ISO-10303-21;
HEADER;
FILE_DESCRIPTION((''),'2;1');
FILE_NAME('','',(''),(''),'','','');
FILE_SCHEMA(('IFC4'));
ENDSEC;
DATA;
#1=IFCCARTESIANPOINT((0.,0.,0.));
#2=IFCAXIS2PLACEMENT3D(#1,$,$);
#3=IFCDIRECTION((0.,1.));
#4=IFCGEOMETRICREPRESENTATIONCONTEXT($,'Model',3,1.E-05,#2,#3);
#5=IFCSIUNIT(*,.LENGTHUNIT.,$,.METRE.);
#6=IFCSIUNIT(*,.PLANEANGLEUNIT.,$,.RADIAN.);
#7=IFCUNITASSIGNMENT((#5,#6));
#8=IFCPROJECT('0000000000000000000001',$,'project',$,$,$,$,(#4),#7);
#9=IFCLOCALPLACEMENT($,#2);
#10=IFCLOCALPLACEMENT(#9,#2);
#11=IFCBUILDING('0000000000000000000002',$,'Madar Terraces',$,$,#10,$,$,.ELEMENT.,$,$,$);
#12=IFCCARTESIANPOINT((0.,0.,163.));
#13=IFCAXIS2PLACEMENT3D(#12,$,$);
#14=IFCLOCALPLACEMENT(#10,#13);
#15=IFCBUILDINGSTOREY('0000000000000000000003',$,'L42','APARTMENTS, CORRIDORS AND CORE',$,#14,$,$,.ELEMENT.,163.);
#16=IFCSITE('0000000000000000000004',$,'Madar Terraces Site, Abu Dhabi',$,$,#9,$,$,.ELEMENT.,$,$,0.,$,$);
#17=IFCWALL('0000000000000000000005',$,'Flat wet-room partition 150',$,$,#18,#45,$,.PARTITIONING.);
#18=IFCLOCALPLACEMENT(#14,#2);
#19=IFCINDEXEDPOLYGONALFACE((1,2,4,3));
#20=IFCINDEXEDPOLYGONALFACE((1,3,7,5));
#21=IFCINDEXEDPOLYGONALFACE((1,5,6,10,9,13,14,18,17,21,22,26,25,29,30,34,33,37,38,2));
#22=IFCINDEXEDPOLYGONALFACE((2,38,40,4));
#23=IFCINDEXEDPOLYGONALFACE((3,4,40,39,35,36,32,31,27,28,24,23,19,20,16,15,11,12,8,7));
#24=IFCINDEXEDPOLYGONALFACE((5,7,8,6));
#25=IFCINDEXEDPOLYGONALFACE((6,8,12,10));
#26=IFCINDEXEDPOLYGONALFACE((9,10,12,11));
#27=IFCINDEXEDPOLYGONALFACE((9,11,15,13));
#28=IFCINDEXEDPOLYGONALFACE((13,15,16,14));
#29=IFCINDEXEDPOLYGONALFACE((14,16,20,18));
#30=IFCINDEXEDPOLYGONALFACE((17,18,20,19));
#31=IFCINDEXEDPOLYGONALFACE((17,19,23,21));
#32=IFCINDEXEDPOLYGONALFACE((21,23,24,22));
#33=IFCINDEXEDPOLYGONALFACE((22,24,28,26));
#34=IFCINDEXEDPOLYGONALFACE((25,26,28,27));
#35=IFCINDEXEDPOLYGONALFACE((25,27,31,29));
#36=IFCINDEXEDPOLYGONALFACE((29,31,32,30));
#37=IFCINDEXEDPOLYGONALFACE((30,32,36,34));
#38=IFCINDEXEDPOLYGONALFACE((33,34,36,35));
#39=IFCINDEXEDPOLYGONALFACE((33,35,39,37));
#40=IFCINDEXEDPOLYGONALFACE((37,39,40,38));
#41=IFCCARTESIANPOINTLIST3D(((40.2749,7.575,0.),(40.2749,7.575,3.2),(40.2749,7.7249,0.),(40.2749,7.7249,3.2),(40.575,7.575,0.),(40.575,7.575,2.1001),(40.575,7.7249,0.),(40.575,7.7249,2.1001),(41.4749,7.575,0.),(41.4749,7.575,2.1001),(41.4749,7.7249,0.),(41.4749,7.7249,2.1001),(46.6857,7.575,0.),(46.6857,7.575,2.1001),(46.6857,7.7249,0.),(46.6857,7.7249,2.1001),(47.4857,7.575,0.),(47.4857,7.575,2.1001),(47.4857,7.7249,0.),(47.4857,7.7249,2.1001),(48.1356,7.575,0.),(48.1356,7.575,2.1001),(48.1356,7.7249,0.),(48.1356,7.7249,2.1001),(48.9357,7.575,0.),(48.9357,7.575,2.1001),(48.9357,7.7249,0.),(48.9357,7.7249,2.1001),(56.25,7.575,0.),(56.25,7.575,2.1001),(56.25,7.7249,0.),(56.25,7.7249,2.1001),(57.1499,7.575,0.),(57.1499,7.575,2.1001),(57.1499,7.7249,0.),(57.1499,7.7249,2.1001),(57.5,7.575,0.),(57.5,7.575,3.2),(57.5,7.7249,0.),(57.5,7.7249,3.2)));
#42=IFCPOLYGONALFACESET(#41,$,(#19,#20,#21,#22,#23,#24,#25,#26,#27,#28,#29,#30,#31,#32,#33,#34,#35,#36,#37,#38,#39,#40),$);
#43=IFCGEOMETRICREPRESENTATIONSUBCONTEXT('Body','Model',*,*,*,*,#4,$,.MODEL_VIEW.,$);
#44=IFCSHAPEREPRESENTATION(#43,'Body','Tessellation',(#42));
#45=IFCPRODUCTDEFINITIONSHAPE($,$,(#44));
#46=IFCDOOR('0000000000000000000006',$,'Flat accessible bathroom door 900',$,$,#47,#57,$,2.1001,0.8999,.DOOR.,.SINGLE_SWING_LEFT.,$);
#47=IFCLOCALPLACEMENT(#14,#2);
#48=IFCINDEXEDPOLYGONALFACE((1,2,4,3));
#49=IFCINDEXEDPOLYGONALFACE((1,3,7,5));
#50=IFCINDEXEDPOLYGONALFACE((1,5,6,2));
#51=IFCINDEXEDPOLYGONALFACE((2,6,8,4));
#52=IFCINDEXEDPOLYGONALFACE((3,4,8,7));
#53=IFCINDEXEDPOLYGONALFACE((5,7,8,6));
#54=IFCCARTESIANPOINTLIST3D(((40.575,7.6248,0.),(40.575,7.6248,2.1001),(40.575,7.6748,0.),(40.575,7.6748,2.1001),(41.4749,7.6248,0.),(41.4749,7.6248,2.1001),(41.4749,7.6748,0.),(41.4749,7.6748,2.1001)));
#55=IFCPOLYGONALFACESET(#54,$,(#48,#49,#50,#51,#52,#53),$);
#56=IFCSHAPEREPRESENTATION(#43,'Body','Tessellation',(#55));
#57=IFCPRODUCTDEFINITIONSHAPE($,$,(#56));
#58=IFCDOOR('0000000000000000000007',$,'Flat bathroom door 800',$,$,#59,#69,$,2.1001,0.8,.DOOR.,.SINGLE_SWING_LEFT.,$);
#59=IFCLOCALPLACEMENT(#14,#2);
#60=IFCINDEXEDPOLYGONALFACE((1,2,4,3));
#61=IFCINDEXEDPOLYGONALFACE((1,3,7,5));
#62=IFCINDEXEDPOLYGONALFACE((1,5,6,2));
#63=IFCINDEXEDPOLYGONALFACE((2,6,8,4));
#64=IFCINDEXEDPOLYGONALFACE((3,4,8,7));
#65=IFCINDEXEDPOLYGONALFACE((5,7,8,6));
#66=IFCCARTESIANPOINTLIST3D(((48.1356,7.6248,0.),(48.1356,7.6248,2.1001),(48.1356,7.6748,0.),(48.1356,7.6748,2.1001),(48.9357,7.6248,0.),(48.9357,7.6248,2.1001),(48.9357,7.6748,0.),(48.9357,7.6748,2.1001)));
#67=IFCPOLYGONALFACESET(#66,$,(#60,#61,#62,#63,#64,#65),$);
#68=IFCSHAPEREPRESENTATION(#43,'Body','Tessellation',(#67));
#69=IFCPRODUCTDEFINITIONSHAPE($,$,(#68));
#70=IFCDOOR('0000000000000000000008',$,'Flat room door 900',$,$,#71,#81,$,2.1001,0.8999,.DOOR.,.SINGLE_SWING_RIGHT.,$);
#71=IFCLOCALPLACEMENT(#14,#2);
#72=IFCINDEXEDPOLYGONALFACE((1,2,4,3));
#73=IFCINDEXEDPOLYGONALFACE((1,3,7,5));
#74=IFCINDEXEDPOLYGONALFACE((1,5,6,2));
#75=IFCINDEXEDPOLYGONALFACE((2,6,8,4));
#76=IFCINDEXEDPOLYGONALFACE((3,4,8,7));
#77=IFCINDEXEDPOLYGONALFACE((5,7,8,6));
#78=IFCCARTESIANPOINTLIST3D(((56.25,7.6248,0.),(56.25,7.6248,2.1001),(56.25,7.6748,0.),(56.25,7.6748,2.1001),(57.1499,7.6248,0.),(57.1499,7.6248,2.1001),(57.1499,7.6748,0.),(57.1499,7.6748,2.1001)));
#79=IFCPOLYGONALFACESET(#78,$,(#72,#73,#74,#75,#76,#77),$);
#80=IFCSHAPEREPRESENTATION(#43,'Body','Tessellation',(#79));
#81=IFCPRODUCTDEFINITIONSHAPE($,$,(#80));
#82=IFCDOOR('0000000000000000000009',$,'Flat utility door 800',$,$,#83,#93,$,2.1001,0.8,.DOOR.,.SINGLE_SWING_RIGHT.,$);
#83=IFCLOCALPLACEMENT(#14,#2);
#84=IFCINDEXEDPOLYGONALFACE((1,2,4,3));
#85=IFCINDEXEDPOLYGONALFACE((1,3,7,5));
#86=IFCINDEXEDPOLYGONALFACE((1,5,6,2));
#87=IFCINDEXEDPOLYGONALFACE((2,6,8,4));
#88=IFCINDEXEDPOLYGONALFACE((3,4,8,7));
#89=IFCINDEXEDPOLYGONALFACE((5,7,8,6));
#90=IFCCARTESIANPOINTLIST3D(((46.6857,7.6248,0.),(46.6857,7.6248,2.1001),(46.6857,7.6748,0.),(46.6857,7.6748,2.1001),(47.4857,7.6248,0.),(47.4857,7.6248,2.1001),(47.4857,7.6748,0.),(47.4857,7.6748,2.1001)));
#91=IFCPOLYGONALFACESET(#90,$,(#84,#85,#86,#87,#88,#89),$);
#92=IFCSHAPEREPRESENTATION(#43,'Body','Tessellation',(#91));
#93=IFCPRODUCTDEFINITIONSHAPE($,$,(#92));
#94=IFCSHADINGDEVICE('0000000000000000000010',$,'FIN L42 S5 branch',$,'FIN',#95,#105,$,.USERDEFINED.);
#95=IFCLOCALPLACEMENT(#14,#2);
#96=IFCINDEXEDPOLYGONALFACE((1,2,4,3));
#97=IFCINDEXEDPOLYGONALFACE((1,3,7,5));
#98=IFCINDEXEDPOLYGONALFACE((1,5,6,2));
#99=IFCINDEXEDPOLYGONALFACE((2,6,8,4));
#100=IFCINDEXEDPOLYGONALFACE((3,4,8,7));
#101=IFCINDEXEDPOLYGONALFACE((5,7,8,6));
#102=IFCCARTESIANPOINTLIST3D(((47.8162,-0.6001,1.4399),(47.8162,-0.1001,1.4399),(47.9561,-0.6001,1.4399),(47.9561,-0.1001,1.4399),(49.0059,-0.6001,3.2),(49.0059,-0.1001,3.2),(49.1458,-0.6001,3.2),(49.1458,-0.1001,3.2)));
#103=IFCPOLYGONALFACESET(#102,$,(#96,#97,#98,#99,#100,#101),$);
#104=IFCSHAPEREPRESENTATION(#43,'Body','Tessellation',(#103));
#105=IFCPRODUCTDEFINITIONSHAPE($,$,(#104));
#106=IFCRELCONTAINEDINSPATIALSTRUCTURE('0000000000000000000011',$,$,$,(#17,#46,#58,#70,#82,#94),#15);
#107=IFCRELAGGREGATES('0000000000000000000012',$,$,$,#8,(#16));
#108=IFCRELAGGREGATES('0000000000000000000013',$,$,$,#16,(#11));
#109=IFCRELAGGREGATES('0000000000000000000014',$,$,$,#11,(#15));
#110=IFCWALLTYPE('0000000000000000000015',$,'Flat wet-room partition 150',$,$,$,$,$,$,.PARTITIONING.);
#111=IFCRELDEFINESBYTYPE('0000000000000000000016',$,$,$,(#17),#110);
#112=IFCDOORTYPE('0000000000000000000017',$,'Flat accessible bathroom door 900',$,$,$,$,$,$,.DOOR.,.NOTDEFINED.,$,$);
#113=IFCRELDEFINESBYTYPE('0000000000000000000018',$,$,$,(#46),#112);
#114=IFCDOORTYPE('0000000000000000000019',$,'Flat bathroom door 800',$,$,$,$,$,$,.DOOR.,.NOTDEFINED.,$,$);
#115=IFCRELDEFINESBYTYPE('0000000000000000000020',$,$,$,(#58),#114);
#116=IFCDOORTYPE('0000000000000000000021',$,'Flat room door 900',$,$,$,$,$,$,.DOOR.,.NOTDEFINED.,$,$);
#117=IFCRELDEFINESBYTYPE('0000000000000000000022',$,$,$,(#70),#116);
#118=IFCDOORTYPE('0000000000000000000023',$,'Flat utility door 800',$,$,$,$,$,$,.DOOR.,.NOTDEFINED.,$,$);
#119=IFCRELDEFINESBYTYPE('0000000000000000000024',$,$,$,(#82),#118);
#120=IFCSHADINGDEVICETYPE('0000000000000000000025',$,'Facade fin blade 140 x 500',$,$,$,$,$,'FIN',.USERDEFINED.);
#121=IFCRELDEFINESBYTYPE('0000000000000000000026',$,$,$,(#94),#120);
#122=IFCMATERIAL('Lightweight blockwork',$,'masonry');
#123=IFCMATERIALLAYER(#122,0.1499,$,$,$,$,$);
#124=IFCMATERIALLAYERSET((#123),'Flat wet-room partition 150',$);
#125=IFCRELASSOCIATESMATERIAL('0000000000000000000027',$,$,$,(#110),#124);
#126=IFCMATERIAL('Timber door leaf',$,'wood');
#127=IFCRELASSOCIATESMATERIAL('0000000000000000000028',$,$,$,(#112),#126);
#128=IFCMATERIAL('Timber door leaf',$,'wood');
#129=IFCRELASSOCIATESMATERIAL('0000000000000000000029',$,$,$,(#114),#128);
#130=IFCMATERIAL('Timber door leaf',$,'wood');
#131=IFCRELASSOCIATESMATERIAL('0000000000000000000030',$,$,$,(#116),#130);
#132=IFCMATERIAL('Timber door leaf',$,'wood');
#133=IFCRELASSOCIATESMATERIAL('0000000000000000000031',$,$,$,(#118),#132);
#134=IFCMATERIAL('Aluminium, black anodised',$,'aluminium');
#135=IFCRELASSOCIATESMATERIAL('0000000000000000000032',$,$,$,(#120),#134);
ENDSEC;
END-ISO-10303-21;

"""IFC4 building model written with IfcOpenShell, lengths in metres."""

from ifc_helpers import new_model, si_unit, direction, frame, frame_2d, origin, place, context, subcontext, project, spatial, polyline, rectangle, outline, extrude, material, layer, layer_set, type_object, element, fill, save


model = new_model("IFC4")

# Units and contexts
model_context = context("Model", 3, precision=1e-05, world=origin(), true_north=direction((0.0, 1.0)))
body_context = subcontext(model_context, "Body", "Model", "MODEL_VIEW")
ifc_project = project(units=[si_unit("LENGTHUNIT", "METRE"), si_unit("PLANEANGLEUNIT", "RADIAN")], contexts=[model_context])

# Site, building, storey
site_placement = place(None, origin())
site = spatial("IfcSite", under=ifc_project, at=site_placement, Name="Madar Terraces Site, Abu Dhabi", CompositionType="ELEMENT", RefElevation=0.0)
building_placement = place(site_placement, origin())
building = spatial("IfcBuilding", under=site, at=building_placement, Name="Madar Terraces", CompositionType="ELEMENT")
storey_placement = place(building_placement, frame((0.0, 0.0, 163.0)))
storey = spatial("IfcBuildingStorey", under=building, at=storey_placement, Name="L42", Description="APARTMENTS, CORRIDORS AND CORE", CompositionType="ELEMENT", Elevation=163.0)

# Shared definitions
ifc_material_1 = material(Name="Lightweight blockwork", Category="masonry")
ifc_layer_1 = layer(ifc_material_1, 0.1499)
ifc_layer_set_1 = layer_set([ifc_layer_1], Name="Flat wet-room partition 150")
wall_type_1 = type_object("IfcWallType", Name="Flat wet-room partition 150", PredefinedType="PARTITIONING", material=ifc_layer_set_1)

# Wall, openings, doors
wall_1_placement = place(storey_placement, frame((40.2749, 7.6499, 0.0), z_axis=(0.0, 0.0, 1.0), x_axis=(1.0, 0.0, 0.0)))
wall_1 = element("IfcWall", 1, at=wall_1_placement, inside=storey, type_object=wall_type_1, Name="Flat wet-room partition 150", PredefinedType="PARTITIONING", context=body_context, shape_type="SweptSolid", body=[
    extrude(rectangle(XDim=17.2251, YDim=0.1499, at=frame_2d((8.6125, 0.0))), origin(), (0.0, 0.0, 1.0), 3.2),
])
opening_1_placement = place(wall_1_placement, frame((0.3, 0.0, 0.0)))
opening_1 = element("IfcOpeningElement", 2, at=opening_1_placement, cuts=wall_1, PredefinedType="OPENING", context=body_context, shape_type="SweptSolid", body=[
    extrude(rectangle(XDim=0.8999, YDim=2.1001, at=frame_2d((0.45, 1.05))), frame((0.0, 0.085, 0.0), z_axis=(0.0, -1.0, 0.0), x_axis=(1.0, 0.0, 0.0)), (0.0, 0.0, 1.0), 0.1699),
])
opening_2_placement = place(wall_1_placement, frame((6.4109, 0.0, 0.0)))
opening_2 = element("IfcOpeningElement", 3, at=opening_2_placement, cuts=wall_1, PredefinedType="OPENING", context=body_context, shape_type="SweptSolid", body=[
    extrude(rectangle(XDim=0.8, YDim=2.1001, at=frame_2d((0.3999, 1.05))), frame((0.0, 0.085, 0.0), z_axis=(0.0, -1.0, 0.0), x_axis=(1.0, 0.0, 0.0)), (0.0, 0.0, 1.0), 0.1699),
])
opening_3_placement = place(wall_1_placement, frame((7.8608, 0.0, 0.0)))
opening_3 = element("IfcOpeningElement", 4, at=opening_3_placement, cuts=wall_1, PredefinedType="OPENING", context=body_context, shape_type="SweptSolid", body=[
    extrude(rectangle(XDim=0.8, YDim=2.1001, at=frame_2d((0.3999, 1.05))), frame((0.0, 0.085, 0.0), z_axis=(0.0, -1.0, 0.0), x_axis=(1.0, 0.0, 0.0)), (0.0, 0.0, 1.0), 0.1699),
])
opening_4_placement = place(wall_1_placement, frame((15.9751, 0.0, 0.0)))
opening_4 = element("IfcOpeningElement", 5, at=opening_4_placement, cuts=wall_1, PredefinedType="OPENING", context=body_context, shape_type="SweptSolid", body=[
    extrude(rectangle(XDim=0.8999, YDim=2.1001, at=frame_2d((0.45, 1.05))), frame((0.0, 0.085, 0.0), z_axis=(0.0, -1.0, 0.0), x_axis=(1.0, 0.0, 0.0)), (0.0, 0.0, 1.0), 0.1699),
])
ifc_material_2 = material(Name="Timber door leaf", Category="wood")
door_type_1 = type_object("IfcDoorType", Name="Flat accessible bathroom door 900", OperationType="NOTDEFINED", PredefinedType="DOOR", material=ifc_material_2)
door_1_placement = place(opening_1_placement, origin())
door_1 = element("IfcDoor", 6, at=door_1_placement, inside=storey, type_object=door_type_1, Name="Flat accessible bathroom door 900", OperationType="SINGLE_SWING_LEFT", OverallHeight=2.1001, OverallWidth=0.8999, PredefinedType="DOOR", context=body_context, shape_type="SweptSolid", body=[
    extrude(rectangle(XDim=0.8999, YDim=2.1001, at=frame_2d((0.45, 1.05))), frame((0.0, 0.0249, 0.0), z_axis=(0.0, -1.0, 0.0), x_axis=(1.0, 0.0, 0.0)), (0.0, 0.0, 1.0), 0.05),
])
fill(opening_1, door_1)
ifc_material_3 = material(Name="Timber door leaf", Category="wood")
door_type_2 = type_object("IfcDoorType", Name="Flat bathroom door 800", OperationType="NOTDEFINED", PredefinedType="DOOR", material=ifc_material_3)
door_2_placement = place(opening_3_placement, origin())
door_2 = element("IfcDoor", 7, at=door_2_placement, inside=storey, type_object=door_type_2, Name="Flat bathroom door 800", OperationType="SINGLE_SWING_LEFT", OverallHeight=2.1001, OverallWidth=0.8, PredefinedType="DOOR", context=body_context, shape_type="SweptSolid", body=[
    extrude(rectangle(XDim=0.8, YDim=2.1001, at=frame_2d((0.3999, 1.05))), frame((0.0, 0.0249, 0.0), z_axis=(0.0, -1.0, 0.0), x_axis=(1.0, 0.0, 0.0)), (0.0, 0.0, 1.0), 0.05),
])
fill(opening_3, door_2)
ifc_material_4 = material(Name="Timber door leaf", Category="wood")
door_type_3 = type_object("IfcDoorType", Name="Flat room door 900", OperationType="NOTDEFINED", PredefinedType="DOOR", material=ifc_material_4)
door_3_placement = place(opening_4_placement, origin())
door_3 = element("IfcDoor", 8, at=door_3_placement, inside=storey, type_object=door_type_3, Name="Flat room door 900", OperationType="SINGLE_SWING_RIGHT", OverallHeight=2.1001, OverallWidth=0.8999, PredefinedType="DOOR", context=body_context, shape_type="SweptSolid", body=[
    extrude(rectangle(XDim=0.8999, YDim=2.1001, at=frame_2d((0.45, 1.05))), frame((0.0, 0.0249, 0.0), z_axis=(0.0, -1.0, 0.0), x_axis=(1.0, 0.0, 0.0)), (0.0, 0.0, 1.0), 0.05),
])
fill(opening_4, door_3)
ifc_material_5 = material(Name="Timber door leaf", Category="wood")
door_type_4 = type_object("IfcDoorType", Name="Flat utility door 800", OperationType="NOTDEFINED", PredefinedType="DOOR", material=ifc_material_5)
door_4_placement = place(opening_2_placement, origin())
door_4 = element("IfcDoor", 9, at=door_4_placement, inside=storey, type_object=door_type_4, Name="Flat utility door 800", OperationType="SINGLE_SWING_RIGHT", OverallHeight=2.1001, OverallWidth=0.8, PredefinedType="DOOR", context=body_context, shape_type="SweptSolid", body=[
    extrude(rectangle(XDim=0.8, YDim=2.1001, at=frame_2d((0.3999, 1.05))), frame((0.0, 0.0249, 0.0), z_axis=(0.0, -1.0, 0.0), x_axis=(1.0, 0.0, 0.0)), (0.0, 0.0, 1.0), 0.05),
])
fill(opening_2, door_4)

# Shading device
ifc_material_6 = material(Name="Aluminium, black anodised", Category="aluminium")
shading_device_type = type_object("IfcShadingDeviceType", Name="Facade fin blade 140 x 500", ElementType="FIN", PredefinedType="USERDEFINED", material=ifc_material_6)
shading_device_placement = place(storey_placement, frame((47.8162, -0.3501, 1.4399), z_axis=(0.0, 0.0, 1.0), x_axis=(1.0, 0.0, 0.0)))
element("IfcShadingDevice", 10, at=shading_device_placement, inside=storey, type_object=shading_device_type, Name="FIN L42 S5 branch", ObjectType="FIN", PredefinedType="USERDEFINED", context=body_context, shape_type="SweptSolid", body=[
    extrude(outline(polyline([(0.0, 0.0), (0.1399, 0.0), (1.3296, 1.76), (1.1897, 1.76), (0.0, 0.0)])), frame((0.0, 0.25, 0.0), z_axis=(0.0, -1.0, 0.0), x_axis=(1.0, 0.0, 0.0)), (0.0, 0.0, 1.0), 0.5),
])

save(model, "model.ifc")
